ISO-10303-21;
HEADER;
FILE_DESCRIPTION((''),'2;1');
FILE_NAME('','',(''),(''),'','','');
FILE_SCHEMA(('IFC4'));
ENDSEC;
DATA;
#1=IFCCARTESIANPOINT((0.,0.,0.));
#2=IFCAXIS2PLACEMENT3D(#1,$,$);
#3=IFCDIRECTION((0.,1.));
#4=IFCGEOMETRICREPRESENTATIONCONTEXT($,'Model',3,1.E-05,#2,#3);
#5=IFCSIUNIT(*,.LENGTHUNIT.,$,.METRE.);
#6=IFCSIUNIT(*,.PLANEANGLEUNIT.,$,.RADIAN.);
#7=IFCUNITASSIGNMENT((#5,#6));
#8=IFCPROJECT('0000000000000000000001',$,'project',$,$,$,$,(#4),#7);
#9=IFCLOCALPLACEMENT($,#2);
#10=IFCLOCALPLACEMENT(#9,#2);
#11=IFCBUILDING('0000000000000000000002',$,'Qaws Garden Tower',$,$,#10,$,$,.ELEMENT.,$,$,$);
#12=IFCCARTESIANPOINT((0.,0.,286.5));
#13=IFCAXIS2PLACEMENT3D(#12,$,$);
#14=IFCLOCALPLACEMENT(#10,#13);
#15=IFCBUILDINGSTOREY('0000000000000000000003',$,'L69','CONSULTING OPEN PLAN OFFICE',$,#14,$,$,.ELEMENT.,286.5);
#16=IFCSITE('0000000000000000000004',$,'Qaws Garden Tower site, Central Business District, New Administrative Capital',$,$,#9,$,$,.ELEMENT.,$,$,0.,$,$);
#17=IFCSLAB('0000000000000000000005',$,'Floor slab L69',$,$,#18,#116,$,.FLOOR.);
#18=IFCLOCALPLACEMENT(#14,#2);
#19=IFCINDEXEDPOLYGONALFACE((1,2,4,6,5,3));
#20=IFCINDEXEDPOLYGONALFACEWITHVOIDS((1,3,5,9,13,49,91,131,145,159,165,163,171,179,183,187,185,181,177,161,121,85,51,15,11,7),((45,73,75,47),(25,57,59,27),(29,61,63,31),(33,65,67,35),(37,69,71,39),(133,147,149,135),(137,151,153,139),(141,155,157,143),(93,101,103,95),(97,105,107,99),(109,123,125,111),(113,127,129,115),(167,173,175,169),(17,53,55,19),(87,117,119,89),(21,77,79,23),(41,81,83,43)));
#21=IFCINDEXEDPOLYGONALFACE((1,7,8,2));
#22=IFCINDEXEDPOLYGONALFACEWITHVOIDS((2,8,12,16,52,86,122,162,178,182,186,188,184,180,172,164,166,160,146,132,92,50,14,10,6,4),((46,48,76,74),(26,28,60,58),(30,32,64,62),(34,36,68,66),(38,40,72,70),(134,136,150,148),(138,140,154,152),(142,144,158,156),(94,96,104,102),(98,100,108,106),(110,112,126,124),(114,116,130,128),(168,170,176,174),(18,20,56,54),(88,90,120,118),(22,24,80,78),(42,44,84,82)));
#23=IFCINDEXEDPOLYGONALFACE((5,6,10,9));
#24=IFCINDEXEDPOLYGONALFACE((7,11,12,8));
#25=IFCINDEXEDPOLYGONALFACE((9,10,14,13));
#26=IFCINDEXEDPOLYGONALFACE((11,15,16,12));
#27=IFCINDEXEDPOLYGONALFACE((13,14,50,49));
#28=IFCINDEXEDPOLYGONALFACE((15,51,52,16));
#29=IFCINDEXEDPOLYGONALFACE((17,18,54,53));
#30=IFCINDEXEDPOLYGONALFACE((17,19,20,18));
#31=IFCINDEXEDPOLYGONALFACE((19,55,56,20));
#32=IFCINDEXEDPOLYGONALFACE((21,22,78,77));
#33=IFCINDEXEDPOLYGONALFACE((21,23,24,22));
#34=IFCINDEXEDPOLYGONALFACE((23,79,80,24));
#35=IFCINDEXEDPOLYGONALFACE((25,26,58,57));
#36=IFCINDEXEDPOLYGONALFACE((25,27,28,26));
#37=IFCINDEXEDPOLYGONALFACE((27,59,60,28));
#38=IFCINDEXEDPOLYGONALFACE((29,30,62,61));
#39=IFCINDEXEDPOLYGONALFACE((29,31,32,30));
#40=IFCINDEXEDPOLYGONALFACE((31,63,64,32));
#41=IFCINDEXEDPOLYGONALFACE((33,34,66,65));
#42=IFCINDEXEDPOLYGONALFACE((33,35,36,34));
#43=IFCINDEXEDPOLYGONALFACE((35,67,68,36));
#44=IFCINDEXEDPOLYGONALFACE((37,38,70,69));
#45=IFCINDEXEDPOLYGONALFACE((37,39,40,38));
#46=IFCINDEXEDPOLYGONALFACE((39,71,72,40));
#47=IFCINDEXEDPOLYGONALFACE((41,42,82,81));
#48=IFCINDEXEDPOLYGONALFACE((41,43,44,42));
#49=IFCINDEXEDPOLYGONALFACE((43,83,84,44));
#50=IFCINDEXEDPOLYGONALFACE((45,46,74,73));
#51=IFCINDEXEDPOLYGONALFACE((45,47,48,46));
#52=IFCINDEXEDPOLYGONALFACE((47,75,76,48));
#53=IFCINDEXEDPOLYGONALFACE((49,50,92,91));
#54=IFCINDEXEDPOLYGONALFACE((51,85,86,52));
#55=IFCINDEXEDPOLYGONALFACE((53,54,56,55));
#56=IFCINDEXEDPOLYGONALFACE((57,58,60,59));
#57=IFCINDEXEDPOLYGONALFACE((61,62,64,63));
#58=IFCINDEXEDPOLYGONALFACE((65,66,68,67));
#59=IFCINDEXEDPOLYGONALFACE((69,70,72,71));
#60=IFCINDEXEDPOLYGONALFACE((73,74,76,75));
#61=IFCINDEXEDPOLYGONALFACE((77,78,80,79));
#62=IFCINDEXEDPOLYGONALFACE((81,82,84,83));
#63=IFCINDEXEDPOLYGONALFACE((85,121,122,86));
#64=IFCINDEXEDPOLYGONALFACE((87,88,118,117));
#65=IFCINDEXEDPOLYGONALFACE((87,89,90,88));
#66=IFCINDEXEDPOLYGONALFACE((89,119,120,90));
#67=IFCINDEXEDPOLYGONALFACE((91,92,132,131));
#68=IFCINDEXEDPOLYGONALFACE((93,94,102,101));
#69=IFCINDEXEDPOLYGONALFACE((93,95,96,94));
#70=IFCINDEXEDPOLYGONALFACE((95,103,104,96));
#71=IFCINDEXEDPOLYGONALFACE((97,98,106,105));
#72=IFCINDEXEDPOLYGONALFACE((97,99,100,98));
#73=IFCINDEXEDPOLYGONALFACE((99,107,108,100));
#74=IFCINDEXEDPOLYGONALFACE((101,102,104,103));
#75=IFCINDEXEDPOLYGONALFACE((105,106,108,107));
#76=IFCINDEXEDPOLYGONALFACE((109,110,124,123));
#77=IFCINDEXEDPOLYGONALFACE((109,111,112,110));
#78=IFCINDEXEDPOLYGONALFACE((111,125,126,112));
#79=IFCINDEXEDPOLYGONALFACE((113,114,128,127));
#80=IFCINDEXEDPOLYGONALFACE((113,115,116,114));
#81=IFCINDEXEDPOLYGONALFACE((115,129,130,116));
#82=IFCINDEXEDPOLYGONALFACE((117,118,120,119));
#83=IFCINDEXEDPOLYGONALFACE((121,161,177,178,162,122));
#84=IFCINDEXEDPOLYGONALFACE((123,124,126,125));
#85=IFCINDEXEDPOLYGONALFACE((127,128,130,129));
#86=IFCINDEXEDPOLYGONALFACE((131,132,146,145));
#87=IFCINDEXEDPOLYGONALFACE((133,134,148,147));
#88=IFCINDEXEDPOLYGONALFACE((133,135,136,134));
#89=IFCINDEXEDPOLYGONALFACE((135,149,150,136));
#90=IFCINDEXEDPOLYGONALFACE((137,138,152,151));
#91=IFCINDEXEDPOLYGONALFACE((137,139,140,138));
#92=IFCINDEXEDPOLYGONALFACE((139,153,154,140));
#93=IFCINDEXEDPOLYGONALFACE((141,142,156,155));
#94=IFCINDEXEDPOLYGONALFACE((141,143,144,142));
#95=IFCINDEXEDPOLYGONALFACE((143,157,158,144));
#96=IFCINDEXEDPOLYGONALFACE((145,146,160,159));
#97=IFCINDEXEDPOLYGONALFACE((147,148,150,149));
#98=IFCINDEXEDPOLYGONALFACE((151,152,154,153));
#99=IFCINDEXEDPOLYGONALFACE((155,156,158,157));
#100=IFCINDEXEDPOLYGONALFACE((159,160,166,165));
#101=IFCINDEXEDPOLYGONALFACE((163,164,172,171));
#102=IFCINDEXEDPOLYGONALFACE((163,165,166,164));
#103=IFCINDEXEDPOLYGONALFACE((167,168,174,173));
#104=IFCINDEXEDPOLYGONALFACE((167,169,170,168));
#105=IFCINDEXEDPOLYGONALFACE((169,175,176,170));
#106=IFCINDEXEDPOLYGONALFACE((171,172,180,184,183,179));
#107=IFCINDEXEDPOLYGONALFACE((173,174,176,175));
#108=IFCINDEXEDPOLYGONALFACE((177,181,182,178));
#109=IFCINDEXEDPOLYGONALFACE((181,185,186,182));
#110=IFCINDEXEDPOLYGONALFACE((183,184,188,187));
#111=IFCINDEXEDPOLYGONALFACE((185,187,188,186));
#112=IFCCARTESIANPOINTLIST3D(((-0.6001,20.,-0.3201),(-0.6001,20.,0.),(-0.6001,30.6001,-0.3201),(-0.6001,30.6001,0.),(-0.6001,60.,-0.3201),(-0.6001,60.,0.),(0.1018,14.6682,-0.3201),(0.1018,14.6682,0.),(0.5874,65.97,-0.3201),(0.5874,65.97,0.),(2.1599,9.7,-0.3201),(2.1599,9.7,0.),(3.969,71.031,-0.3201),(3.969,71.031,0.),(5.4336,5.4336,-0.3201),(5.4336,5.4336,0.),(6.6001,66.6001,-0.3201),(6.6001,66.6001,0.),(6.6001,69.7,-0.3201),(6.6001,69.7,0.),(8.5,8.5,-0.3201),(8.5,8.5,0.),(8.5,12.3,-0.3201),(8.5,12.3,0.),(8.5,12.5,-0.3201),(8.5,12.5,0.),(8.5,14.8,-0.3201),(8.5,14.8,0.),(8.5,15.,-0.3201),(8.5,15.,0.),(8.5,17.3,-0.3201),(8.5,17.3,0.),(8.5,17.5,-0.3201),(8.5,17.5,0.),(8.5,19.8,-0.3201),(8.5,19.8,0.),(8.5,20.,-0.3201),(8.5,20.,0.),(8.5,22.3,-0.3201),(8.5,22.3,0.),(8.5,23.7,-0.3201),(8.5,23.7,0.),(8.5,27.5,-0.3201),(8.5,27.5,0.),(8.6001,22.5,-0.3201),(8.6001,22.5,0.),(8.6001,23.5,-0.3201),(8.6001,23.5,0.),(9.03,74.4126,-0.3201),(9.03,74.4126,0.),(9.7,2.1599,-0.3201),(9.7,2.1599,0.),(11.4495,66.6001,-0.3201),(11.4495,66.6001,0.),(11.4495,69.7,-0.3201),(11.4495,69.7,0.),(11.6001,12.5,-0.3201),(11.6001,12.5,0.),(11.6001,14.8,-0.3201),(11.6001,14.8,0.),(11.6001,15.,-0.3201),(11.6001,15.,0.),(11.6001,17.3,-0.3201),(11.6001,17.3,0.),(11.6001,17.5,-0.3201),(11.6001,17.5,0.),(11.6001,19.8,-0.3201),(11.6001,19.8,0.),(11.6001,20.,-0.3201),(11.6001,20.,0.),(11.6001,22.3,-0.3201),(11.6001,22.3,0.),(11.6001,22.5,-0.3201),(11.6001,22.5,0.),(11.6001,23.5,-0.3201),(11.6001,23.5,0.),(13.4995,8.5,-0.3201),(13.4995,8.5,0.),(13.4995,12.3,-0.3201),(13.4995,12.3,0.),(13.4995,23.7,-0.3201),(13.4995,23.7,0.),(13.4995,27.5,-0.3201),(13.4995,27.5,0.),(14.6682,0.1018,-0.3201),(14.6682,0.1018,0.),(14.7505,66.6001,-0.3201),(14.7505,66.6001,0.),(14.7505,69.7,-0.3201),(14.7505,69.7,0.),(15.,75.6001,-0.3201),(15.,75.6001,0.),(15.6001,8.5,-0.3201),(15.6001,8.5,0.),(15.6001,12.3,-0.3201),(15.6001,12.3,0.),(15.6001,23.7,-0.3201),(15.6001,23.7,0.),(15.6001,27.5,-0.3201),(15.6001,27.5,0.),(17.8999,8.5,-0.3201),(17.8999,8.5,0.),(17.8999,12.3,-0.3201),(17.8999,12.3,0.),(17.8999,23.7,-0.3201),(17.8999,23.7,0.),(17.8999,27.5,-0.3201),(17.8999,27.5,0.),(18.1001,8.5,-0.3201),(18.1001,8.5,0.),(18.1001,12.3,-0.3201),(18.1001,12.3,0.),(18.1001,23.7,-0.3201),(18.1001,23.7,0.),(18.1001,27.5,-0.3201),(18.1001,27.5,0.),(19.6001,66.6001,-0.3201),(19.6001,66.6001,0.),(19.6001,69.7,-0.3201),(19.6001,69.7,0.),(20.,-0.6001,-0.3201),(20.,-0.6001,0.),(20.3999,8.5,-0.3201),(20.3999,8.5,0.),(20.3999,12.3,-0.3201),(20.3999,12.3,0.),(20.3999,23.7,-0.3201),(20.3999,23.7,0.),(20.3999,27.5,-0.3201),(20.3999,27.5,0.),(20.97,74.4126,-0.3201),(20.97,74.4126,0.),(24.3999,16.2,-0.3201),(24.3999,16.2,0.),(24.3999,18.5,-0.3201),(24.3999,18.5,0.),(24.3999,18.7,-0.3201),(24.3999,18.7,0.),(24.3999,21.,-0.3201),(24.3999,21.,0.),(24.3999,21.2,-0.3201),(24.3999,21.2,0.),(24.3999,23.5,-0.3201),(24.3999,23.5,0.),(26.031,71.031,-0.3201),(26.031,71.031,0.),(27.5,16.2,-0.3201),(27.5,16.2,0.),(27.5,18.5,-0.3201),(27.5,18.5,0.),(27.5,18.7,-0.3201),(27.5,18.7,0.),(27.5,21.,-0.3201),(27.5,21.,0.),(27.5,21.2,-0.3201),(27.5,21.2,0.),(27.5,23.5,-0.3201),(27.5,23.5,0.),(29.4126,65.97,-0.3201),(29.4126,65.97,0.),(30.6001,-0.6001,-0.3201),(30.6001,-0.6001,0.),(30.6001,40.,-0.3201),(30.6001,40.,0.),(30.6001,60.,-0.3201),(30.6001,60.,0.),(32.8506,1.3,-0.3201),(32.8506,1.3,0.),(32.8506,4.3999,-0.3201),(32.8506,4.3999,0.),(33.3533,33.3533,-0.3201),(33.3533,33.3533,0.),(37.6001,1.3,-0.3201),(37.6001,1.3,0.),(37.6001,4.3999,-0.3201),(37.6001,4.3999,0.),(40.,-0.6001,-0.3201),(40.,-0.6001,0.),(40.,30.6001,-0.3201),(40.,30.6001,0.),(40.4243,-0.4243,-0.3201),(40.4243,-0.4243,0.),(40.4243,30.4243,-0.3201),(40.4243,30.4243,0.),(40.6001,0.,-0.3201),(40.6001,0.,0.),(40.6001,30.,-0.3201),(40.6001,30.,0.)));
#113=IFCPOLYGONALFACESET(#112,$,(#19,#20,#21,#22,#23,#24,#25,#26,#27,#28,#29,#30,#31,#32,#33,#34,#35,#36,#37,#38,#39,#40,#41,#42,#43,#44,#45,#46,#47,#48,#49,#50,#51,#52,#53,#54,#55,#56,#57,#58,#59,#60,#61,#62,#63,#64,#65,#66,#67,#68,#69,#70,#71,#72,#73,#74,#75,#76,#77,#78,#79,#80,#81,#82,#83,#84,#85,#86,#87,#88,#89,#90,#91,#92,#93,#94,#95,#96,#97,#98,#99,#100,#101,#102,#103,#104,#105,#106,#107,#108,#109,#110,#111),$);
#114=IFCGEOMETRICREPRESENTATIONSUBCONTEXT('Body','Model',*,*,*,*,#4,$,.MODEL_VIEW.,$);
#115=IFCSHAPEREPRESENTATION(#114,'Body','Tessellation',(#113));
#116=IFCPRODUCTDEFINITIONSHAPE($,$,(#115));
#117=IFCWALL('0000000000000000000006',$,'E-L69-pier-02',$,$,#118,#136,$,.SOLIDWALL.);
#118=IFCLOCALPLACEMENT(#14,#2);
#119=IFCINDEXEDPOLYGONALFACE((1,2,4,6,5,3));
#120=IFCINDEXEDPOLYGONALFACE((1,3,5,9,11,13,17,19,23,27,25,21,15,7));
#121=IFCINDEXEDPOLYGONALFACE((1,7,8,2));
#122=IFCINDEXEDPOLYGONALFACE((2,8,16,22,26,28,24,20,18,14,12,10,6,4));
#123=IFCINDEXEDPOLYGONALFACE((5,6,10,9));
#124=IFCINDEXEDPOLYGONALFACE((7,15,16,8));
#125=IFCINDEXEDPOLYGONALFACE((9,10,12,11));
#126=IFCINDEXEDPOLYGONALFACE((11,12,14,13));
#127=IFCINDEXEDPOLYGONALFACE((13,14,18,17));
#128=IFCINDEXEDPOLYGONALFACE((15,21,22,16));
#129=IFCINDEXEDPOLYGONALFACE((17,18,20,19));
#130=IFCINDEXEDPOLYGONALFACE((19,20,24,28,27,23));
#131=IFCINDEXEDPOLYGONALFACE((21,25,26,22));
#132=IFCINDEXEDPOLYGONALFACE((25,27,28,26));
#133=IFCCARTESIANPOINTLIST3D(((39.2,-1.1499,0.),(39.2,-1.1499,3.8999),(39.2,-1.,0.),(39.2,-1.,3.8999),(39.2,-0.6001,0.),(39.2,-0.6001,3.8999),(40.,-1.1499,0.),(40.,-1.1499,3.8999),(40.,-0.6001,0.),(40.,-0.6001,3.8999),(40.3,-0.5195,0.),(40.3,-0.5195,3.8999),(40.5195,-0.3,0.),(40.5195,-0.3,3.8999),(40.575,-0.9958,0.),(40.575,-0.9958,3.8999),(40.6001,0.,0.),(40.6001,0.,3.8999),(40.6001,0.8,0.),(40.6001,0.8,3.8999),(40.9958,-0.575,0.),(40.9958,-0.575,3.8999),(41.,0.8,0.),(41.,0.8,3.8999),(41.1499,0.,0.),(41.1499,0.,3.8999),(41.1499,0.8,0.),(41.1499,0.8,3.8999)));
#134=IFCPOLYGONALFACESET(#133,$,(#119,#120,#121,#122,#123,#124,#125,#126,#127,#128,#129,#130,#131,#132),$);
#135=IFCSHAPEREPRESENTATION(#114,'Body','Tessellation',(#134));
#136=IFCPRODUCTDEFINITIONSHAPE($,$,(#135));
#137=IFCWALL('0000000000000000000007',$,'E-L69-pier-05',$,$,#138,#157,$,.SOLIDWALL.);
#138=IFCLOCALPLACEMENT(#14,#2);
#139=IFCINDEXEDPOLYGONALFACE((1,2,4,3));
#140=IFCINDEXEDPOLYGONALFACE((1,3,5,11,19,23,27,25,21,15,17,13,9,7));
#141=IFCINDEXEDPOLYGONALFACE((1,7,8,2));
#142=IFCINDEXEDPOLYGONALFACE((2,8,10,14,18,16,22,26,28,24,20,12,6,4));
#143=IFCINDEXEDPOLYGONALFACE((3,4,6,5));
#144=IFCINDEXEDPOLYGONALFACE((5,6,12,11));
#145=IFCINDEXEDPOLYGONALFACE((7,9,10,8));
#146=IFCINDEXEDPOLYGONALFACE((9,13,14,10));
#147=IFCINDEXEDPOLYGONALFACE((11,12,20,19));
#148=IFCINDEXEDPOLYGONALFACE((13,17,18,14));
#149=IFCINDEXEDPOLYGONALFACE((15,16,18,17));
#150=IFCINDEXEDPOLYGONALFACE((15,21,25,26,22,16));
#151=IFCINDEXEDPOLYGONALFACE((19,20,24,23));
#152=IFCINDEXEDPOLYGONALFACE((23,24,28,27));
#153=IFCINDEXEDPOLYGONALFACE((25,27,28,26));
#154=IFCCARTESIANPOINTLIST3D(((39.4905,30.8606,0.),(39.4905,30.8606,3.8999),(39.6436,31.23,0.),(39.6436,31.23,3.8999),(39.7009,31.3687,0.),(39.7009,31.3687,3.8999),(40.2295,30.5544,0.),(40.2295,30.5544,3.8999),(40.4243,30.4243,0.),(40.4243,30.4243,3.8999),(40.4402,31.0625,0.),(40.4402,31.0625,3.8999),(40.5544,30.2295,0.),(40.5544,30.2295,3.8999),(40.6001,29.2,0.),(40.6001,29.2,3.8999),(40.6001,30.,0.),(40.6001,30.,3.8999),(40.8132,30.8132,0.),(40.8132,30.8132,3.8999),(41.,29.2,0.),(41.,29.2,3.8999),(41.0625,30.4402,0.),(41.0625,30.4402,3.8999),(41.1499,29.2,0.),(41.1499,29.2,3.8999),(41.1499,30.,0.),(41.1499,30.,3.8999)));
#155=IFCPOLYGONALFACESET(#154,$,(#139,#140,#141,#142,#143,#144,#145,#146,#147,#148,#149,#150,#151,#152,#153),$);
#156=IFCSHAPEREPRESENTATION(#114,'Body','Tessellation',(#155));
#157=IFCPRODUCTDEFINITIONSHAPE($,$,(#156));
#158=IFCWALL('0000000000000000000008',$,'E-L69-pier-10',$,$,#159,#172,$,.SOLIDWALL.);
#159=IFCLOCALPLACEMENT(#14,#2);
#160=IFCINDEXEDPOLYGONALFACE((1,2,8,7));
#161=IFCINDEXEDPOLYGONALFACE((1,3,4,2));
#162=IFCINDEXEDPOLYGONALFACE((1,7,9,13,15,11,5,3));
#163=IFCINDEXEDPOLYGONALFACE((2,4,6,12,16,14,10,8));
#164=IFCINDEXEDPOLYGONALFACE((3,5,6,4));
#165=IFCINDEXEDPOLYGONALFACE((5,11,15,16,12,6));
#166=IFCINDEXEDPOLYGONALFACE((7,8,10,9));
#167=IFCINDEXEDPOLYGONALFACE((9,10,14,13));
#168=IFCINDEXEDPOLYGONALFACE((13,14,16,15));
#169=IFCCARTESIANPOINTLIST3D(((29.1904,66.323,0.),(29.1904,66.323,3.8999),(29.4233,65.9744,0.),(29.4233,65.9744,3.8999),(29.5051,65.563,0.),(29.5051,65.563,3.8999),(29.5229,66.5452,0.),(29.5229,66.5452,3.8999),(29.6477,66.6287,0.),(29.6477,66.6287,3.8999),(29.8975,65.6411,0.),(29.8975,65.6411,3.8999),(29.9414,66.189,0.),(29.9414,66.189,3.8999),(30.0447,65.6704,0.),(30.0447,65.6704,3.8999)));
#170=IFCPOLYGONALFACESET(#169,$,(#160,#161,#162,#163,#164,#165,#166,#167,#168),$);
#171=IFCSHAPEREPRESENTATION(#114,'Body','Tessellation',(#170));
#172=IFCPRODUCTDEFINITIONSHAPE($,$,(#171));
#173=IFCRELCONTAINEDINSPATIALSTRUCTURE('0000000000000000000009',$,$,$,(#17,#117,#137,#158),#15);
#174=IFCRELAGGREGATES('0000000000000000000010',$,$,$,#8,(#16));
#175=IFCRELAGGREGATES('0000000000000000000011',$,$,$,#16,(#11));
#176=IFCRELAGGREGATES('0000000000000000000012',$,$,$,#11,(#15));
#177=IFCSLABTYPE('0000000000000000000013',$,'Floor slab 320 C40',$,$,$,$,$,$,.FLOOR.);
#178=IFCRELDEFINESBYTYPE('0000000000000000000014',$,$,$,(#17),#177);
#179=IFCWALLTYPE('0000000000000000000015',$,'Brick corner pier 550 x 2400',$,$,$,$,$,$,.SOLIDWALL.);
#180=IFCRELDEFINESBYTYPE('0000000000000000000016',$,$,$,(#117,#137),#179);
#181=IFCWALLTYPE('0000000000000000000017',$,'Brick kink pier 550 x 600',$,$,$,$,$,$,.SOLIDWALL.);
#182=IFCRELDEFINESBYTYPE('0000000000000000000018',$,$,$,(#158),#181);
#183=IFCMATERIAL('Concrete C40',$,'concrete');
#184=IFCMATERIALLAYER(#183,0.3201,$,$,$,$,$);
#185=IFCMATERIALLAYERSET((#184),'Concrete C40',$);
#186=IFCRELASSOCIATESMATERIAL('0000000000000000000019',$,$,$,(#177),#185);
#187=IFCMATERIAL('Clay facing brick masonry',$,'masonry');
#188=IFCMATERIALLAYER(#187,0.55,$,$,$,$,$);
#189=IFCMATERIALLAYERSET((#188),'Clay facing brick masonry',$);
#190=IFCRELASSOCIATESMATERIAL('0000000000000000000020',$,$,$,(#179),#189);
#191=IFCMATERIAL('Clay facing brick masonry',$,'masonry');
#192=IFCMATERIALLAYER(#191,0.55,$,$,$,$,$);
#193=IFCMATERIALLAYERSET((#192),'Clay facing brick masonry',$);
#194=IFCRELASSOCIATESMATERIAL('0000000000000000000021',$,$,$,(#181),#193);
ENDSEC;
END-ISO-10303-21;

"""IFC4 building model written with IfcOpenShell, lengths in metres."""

from ifc_helpers import new_model, si_unit, direction, frame, origin, place, context, subcontext, project, spatial, polyline, outline, extrude, material, layer, layer_set, type_object, element, save


model = new_model("IFC4")

# Units and contexts
model_context = context("Model", 3, precision=1e-05, world=origin(), true_north=direction((0.0, 1.0)))
body_context = subcontext(model_context, "Body", "Model", "MODEL_VIEW")
ifc_project = project(units=[si_unit("LENGTHUNIT", "METRE"), si_unit("PLANEANGLEUNIT", "RADIAN")], contexts=[model_context])

# Site, building, storey
site_placement = place(None, origin())
site = spatial("IfcSite", under=ifc_project, at=site_placement, Name="Qaws Garden Tower site, Central Business District, New Administrative Capital", CompositionType="ELEMENT", RefElevation=0.0)
building_placement = place(site_placement, origin())
building = spatial("IfcBuilding", under=site, at=building_placement, Name="Qaws Garden Tower", CompositionType="ELEMENT")
storey_placement = place(building_placement, frame((0.0, 0.0, 286.5)))
storey = spatial("IfcBuildingStorey", under=building, at=storey_placement, Name="L69", Description="CONSULTING OPEN PLAN OFFICE", CompositionType="ELEMENT", Elevation=286.5)

# Slab
ifc_material_1 = material(Name="Concrete C40", Category="concrete")
ifc_layer_1 = layer(ifc_material_1, 0.3201)
ifc_layer_set_1 = layer_set([ifc_layer_1], Name="Concrete C40")
slab_type = type_object("IfcSlabType", Name="Floor slab 320 C40", PredefinedType="FLOOR", material=ifc_layer_set_1)
slab_placement = place(storey_placement, frame((0.0, 0.0, -0.3201)))
element("IfcSlab", 1, at=slab_placement, inside=storey, type_object=slab_type, Name="Floor slab L69", PredefinedType="FLOOR", context=body_context, shape_type="SweptSolid", body=[
    extrude(outline(polyline([(0.1018, 14.6682), (-0.6001, 20.0), (-0.6001, 30.6001), (-0.6001, 60.0), (-0.6001, 60.0), (0.5874, 65.97), (3.969, 71.031), (9.03, 74.4126), (15.0, 75.6001), (20.97, 74.4126), (26.031, 71.031), (29.4126, 65.97), (30.6001, 60.0), (30.6001, 40.0), (33.3533, 33.3533), (40.0, 30.6001), (40.4243, 30.4243), (40.6001, 30.0), (40.6001, 0.0), (40.4243, -0.4243), (40.0, -0.6001), (30.6001, -0.6001), (20.0, -0.6001), (14.6682, 0.1018), (9.7, 2.1599), (5.4336, 5.4336), (2.1599, 9.7), (0.1018, 14.6682)]), holes=[polyline([(13.4995, 12.3), (8.5, 12.3), (8.5, 8.5), (13.4995, 8.5), (13.4995, 12.3)]), polyline([(17.8999, 12.3), (15.6001, 12.3), (15.6001, 8.5), (17.8999, 8.5), (17.8999, 12.3)]), polyline([(11.6001, 14.8), (8.5, 14.8), (8.5, 12.5), (11.6001, 12.5), (11.6001, 14.8)]), polyline([(11.6001, 17.3), (8.5, 17.3), (8.5, 15.0), (11.6001, 15.0), (11.6001, 17.3)]), polyline([(11.6001, 19.8), (8.5, 19.8), (8.5, 17.5), (11.6001, 17.5), (11.6001, 19.8)]), polyline([(11.6001, 22.3), (8.5, 22.3), (8.5, 20.0), (11.6001, 20.0), (11.6001, 22.3)]), polyline([(11.6001, 23.5), (8.6001, 23.5), (8.6001, 22.5), (11.6001, 22.5), (11.6001, 23.5)]), polyline([(13.4995, 27.5), (8.5, 27.5), (8.5, 23.7), (13.4995, 23.7), (13.4995, 27.5)]), polyline([(11.4495, 69.7), (6.6001, 69.7), (6.6001, 66.6001), (11.4495, 66.6001), (11.4495, 69.7)]), polyline([(37.6001, 4.3999), (32.8506, 4.3999), (32.8506, 1.3), (37.6001, 1.3), (37.6001, 4.3999)]), polyline([(20.3999, 12.3), (18.1001, 12.3), (18.1001, 8.5), (20.3999, 8.5), (20.3999, 12.3)]), polyline([(27.5, 18.5), (24.3999, 18.5), (24.3999, 16.2), (27.5, 16.2), (27.5, 18.5)]), polyline([(27.5, 21.0), (24.3999, 21.0), (24.3999, 18.7), (27.5, 18.7), (27.5, 21.0)]), polyline([(27.5, 23.5), (24.3999, 23.5), (24.3999, 21.2), (27.5, 21.2), (27.5, 23.5)]), polyline([(17.8999, 27.5), (15.6001, 27.5), (15.6001, 23.7), (17.8999, 23.7), (17.8999, 27.5)]), polyline([(20.3999, 23.7), (20.3999, 27.5), (18.1001, 27.5), (18.1001, 23.7), (20.3999, 23.7)]), polyline([(19.6001, 66.6001), (19.6001, 69.7), (14.7505, 69.7), (14.7505, 66.6001), (19.6001, 66.6001)])]), origin(), (0.0, 0.0, 1.0), 0.3201),
])

# Walls
ifc_material_2 = material(Name="Clay facing brick masonry", Category="masonry")
ifc_layer_2 = layer(ifc_material_2, 0.55)
ifc_layer_set_2 = layer_set([ifc_layer_2], Name="Clay facing brick masonry")
wall_type_1 = type_object("IfcWallType", Name="Brick corner pier 550 x 2400", PredefinedType="SOLIDWALL", material=ifc_layer_set_2)
placement = place(storey_placement, origin())
element("IfcWall", 2, at=placement, inside=storey, type_object=wall_type_1, Name="E-L69-pier-02", PredefinedType="SOLIDWALL", context=body_context, shape_type="SweptSolid", body=[
    extrude(outline(polyline([(39.2, -1.0), (39.2, -1.1499), (40.0, -1.1499), (40.575, -0.9958), (40.9958, -0.575), (41.1499, 0.0), (41.1499, 0.8), (41.0, 0.8), (40.6001, 0.8), (40.6001, 0.0), (40.5195, -0.3), (40.3, -0.5195), (40.0, -0.6001), (39.2, -0.6001), (39.2, -1.0)])), origin(), (0.0, 0.0, 1.0), 3.8999),
])
element("IfcWall", 3, at=placement, inside=storey, type_object=wall_type_1, Name="E-L69-pier-05", PredefinedType="SOLIDWALL", context=body_context, shape_type="SweptSolid", body=[
    extrude(outline(polyline([(41.0, 29.2), (41.1499, 29.2), (41.1499, 30.0), (41.0625, 30.4402), (40.8132, 30.8132), (40.4402, 31.0625), (39.7009, 31.3687), (39.6436, 31.23), (39.4905, 30.8606), (40.2295, 30.5544), (40.4243, 30.4243), (40.5544, 30.2295), (40.6001, 30.0), (40.6001, 29.2), (41.0, 29.2)])), origin(), (0.0, 0.0, 1.0), 3.8999),
])
ifc_material_3 = material(Name="Clay facing brick masonry", Category="masonry")
ifc_layer_3 = layer(ifc_material_3, 0.55)
ifc_layer_set_3 = layer_set([ifc_layer_3], Name="Clay facing brick masonry")
wall_type_2 = type_object("IfcWallType", Name="Brick kink pier 550 x 600", PredefinedType="SOLIDWALL", material=ifc_layer_set_3)
element("IfcWall", 4, at=placement, inside=storey, type_object=wall_type_2, Name="E-L69-pier-10", PredefinedType="SOLIDWALL", context=body_context, shape_type="SweptSolid", body=[
    extrude(outline(polyline([(29.8975, 65.6411), (30.0447, 65.6704), (29.9414, 66.189), (29.6477, 66.6287), (29.5229, 66.5452), (29.1904, 66.323), (29.4233, 65.9744), (29.5051, 65.563), (29.8975, 65.6411)])), origin(), (0.0, 0.0, 1.0), 3.8999),
])

save(model, "model.ifc")
